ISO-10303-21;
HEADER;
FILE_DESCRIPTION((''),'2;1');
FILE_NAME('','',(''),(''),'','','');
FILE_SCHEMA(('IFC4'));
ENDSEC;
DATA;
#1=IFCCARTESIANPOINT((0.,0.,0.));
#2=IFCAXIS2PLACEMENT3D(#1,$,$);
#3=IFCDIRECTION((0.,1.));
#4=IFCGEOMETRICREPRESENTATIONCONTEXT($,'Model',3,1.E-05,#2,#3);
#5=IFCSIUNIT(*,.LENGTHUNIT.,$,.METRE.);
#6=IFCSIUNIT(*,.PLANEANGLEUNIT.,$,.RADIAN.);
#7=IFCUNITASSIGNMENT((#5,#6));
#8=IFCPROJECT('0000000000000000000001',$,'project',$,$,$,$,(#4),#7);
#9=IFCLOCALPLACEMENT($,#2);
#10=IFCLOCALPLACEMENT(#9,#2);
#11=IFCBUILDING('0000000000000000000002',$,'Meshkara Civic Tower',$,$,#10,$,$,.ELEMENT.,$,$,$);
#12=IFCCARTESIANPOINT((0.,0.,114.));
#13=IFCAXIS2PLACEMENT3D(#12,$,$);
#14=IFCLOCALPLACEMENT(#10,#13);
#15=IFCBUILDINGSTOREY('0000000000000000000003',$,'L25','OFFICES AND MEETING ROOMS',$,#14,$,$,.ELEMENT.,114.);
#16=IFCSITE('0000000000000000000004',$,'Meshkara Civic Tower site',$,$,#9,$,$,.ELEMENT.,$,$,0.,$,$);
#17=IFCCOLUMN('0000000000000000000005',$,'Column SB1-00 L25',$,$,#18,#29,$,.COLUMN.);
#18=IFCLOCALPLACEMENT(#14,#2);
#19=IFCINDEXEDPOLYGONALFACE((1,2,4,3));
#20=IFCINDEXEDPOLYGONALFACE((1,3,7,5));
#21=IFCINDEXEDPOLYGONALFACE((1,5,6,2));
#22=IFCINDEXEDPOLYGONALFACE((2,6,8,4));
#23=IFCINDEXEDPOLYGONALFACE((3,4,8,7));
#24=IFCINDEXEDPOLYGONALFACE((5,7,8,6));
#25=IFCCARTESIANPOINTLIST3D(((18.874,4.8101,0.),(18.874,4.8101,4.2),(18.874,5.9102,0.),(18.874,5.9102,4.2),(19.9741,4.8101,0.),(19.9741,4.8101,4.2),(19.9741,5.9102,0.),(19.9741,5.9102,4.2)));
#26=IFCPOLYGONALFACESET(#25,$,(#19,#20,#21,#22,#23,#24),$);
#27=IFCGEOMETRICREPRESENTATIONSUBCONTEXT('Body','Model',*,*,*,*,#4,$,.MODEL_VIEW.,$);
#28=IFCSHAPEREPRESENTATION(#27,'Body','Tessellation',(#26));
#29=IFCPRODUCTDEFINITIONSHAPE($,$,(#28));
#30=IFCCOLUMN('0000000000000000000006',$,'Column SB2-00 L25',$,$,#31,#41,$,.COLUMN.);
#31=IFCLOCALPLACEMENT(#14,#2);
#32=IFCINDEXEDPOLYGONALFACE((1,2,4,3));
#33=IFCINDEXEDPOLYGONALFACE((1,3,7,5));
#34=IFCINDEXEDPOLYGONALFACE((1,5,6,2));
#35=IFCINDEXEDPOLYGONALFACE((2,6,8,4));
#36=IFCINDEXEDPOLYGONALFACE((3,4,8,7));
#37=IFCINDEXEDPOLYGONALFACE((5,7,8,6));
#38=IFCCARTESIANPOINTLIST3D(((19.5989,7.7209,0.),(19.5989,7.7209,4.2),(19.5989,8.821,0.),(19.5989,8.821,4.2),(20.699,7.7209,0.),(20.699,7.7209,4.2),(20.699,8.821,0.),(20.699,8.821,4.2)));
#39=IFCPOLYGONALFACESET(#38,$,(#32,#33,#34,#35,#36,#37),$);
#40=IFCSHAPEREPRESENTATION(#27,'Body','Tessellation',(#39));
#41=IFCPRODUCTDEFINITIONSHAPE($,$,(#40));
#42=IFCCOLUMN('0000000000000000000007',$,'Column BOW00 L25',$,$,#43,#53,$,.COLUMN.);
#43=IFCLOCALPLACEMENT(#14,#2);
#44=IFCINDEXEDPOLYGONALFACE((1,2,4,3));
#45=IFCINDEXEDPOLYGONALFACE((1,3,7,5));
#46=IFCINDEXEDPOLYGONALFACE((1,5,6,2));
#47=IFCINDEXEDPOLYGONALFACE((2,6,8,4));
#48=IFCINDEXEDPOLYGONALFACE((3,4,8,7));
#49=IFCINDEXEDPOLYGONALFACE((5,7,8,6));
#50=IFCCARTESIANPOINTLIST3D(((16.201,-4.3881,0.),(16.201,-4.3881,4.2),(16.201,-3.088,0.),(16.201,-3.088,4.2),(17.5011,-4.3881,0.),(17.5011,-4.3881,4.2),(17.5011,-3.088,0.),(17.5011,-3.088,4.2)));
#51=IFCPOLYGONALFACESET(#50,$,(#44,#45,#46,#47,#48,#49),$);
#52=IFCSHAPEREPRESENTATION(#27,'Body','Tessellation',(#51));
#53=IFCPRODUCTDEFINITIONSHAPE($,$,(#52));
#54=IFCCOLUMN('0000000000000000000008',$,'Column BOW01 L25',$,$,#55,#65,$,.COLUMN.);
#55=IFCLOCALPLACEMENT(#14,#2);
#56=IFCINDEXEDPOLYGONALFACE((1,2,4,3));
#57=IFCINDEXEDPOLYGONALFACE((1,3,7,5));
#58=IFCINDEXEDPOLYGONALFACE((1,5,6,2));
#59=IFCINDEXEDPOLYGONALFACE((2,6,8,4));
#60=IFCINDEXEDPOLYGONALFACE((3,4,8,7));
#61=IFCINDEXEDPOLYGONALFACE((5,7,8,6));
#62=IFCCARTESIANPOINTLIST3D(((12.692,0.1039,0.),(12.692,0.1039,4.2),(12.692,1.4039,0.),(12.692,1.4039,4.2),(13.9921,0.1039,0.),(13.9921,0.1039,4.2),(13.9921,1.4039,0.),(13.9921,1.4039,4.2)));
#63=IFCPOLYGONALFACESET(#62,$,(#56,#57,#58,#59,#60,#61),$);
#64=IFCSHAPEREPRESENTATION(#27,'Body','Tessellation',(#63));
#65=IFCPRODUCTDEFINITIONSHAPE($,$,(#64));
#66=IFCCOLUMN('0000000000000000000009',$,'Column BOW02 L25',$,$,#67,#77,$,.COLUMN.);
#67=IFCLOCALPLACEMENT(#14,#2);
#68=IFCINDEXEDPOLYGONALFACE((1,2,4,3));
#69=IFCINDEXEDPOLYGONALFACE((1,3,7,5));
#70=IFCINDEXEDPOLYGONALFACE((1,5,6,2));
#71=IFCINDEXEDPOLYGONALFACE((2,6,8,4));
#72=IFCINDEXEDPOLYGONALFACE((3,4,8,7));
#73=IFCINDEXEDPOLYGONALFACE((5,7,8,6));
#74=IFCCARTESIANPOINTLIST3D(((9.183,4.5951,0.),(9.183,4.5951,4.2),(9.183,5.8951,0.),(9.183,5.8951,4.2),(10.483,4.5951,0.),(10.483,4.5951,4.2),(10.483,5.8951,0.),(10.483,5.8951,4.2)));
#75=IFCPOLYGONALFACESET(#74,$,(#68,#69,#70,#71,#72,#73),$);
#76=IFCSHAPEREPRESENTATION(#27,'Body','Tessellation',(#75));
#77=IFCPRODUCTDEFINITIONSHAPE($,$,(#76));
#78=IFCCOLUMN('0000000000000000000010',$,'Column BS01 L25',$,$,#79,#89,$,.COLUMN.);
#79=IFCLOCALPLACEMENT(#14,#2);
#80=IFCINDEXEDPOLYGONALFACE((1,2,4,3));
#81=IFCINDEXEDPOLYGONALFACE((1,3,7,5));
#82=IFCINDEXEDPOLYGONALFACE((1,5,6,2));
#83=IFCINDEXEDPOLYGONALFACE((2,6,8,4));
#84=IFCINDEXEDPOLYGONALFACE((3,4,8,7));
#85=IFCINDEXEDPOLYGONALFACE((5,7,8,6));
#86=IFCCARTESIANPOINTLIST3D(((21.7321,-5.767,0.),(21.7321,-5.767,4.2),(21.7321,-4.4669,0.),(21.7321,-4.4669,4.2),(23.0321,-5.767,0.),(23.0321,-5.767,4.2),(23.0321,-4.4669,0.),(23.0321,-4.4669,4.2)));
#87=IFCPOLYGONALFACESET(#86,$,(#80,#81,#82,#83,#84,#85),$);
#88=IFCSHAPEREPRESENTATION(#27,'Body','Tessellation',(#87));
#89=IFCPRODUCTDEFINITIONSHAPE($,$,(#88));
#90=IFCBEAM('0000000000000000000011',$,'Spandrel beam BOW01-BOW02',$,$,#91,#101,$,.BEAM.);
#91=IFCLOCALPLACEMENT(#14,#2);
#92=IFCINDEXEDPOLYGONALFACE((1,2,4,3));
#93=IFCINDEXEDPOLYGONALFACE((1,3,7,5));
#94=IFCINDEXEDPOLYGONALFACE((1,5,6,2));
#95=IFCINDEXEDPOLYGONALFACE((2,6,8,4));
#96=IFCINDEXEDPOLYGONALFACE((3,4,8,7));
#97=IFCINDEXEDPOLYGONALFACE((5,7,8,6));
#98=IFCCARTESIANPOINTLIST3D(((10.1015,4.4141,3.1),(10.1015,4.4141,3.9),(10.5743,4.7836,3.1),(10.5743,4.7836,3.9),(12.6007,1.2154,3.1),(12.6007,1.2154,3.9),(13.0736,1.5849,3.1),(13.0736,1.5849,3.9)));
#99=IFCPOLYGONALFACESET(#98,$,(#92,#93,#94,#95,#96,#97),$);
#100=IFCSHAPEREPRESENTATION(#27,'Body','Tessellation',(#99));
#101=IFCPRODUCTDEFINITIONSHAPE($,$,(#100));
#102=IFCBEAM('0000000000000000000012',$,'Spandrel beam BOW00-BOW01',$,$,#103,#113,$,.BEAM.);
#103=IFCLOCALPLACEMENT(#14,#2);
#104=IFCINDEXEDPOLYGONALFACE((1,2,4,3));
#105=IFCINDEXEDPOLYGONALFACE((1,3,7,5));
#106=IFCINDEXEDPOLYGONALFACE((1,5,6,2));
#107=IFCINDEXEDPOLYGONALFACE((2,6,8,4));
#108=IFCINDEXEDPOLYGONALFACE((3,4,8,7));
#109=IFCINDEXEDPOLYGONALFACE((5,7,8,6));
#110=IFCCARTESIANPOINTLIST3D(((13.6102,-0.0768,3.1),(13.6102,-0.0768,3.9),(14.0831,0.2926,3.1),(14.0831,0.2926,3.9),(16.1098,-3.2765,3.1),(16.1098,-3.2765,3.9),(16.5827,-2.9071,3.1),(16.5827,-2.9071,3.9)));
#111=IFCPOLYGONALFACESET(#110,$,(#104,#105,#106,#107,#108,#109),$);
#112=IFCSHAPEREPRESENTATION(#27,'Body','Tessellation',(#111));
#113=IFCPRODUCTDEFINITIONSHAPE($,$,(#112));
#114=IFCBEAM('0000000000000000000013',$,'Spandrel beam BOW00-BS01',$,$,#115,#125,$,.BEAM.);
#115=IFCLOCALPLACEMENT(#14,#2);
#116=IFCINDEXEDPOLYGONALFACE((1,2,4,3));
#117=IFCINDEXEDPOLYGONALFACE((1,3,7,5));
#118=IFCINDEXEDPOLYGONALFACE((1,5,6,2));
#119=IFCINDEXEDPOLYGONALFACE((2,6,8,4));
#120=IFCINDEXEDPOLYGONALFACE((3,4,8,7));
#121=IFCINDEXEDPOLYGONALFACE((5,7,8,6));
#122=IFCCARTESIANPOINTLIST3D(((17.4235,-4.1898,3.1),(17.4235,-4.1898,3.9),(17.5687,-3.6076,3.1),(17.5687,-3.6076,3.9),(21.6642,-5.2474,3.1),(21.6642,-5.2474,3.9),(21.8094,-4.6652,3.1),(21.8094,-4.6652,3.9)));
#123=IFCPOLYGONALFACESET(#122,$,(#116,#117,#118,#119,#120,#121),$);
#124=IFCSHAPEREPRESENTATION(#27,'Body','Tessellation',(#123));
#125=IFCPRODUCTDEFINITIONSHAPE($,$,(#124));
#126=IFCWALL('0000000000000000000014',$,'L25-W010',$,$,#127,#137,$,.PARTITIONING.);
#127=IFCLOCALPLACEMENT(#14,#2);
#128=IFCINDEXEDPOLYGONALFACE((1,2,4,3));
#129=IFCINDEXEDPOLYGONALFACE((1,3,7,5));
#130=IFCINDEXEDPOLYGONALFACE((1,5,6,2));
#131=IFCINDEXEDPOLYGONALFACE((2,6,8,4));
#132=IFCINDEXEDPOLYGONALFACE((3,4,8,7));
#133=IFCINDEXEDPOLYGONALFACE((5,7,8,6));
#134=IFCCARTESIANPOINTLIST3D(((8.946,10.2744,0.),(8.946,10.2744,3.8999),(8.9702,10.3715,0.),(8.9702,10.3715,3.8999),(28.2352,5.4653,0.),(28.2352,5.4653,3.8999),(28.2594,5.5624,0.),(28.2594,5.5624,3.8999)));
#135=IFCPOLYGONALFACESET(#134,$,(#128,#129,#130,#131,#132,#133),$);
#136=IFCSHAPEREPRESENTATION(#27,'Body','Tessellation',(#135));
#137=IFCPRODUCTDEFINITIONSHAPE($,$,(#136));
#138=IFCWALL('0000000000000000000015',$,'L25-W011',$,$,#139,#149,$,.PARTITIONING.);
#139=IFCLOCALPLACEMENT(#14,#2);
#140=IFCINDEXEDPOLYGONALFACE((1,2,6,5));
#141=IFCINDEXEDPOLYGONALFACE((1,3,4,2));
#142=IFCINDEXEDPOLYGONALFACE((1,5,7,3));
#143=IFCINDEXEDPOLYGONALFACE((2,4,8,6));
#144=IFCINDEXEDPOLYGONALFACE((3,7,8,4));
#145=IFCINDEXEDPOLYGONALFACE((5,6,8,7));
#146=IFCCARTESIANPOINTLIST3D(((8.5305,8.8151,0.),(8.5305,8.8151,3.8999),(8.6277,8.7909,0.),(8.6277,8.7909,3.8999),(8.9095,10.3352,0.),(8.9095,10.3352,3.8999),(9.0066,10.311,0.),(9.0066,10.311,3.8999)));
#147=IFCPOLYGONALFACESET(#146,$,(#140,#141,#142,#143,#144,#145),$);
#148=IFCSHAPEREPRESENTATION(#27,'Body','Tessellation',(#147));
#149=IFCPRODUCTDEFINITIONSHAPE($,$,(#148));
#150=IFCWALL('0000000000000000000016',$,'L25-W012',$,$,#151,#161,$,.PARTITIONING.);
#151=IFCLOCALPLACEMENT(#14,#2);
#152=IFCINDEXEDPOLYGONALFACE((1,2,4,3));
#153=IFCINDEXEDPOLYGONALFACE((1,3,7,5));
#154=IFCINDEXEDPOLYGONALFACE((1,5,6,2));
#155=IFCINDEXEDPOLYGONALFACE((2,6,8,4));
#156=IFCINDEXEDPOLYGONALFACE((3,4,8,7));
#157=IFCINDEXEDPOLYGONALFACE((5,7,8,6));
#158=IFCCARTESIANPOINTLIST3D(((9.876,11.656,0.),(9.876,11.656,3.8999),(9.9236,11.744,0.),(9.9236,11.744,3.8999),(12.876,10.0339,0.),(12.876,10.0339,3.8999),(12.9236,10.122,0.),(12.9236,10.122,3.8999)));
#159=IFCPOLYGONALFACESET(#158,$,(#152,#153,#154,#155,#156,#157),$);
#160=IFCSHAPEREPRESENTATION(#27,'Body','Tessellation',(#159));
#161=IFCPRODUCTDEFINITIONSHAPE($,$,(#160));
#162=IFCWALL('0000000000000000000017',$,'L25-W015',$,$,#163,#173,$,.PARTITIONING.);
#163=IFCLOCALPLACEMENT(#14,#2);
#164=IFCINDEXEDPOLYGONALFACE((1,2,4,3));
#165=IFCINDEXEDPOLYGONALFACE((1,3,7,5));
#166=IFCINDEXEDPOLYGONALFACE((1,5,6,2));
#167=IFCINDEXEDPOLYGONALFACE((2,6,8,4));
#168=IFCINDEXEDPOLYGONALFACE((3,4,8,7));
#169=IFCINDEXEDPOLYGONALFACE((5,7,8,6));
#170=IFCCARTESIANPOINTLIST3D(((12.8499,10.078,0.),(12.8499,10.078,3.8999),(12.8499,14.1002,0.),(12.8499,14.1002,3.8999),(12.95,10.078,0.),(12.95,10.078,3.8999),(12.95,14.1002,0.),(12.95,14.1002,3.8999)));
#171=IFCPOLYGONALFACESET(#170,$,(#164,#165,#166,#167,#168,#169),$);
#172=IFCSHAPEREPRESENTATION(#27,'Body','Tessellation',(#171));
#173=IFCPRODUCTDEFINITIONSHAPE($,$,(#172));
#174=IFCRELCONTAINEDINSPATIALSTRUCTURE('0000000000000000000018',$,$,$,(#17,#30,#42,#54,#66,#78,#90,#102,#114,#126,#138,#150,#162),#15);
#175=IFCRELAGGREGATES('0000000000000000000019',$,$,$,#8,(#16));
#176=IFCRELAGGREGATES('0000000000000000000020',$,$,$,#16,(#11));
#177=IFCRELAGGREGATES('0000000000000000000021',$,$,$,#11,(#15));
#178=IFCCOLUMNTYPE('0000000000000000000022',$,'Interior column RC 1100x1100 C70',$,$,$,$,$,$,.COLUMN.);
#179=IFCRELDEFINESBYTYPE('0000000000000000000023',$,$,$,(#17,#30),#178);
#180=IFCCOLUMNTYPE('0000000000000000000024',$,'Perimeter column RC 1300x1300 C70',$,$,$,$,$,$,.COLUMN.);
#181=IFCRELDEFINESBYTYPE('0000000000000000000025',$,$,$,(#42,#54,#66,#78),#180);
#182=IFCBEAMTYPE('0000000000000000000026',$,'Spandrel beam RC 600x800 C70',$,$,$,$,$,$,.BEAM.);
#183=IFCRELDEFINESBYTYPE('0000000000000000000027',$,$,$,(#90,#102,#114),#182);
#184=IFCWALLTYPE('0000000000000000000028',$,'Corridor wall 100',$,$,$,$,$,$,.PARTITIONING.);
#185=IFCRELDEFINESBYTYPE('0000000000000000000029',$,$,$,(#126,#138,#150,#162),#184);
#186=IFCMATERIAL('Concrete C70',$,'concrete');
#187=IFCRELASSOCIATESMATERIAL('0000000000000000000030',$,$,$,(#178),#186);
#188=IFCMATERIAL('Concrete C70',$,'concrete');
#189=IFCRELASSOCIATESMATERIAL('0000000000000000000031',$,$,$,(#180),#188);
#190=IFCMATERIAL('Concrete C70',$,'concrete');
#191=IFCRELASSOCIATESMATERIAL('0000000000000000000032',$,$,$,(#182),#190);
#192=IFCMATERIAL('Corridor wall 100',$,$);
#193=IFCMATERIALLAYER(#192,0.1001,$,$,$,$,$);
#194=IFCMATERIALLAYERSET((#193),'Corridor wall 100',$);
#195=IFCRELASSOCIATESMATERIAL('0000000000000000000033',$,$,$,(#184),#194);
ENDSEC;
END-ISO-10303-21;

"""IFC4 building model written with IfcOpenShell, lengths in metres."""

from ifc_helpers import new_model, si_unit, direction, frame, frame_2d, origin, origin_2d, place, context, subcontext, project, spatial, rectangle, extrude, material, layer, layer_set, material_profile, profile_set, type_object, element, save


model = new_model("IFC4")

# Units and contexts
model_context = context("Model", 3, precision=1e-05, world=origin(), true_north=direction((0.0, 1.0)))
body_context = subcontext(model_context, "Body", "Model", "MODEL_VIEW")
ifc_project = project(units=[si_unit("LENGTHUNIT", "METRE"), si_unit("PLANEANGLEUNIT", "RADIAN")], contexts=[model_context])

# Site, building, storey
site_placement = place(None, origin())
site = spatial("IfcSite", under=ifc_project, at=site_placement, Name="Meshkara Civic Tower site", CompositionType="ELEMENT", RefElevation=0.0)
building_placement = place(site_placement, origin())
building = spatial("IfcBuilding", under=site, at=building_placement, Name="Meshkara Civic Tower", CompositionType="ELEMENT")
storey_placement = place(building_placement, frame((0.0, 0.0, 114.0)))
storey = spatial("IfcBuildingStorey", under=building, at=storey_placement, Name="L25", Description="OFFICES AND MEETING ROOMS", CompositionType="ELEMENT", Elevation=114.0)

# Columns
ifc_material_1 = material(Name="Concrete C70", Category="concrete")
ifc_material_profile_1 = material_profile(ifc_material_1, rectangle(XDim=1.1001, YDim=1.1001, at=origin_2d()))
ifc_profile_set_1 = profile_set([ifc_material_profile_1], Name="Concrete C70")
column_type_1 = type_object("IfcColumnType", Name="Interior column RC 1100x1100 C70", PredefinedType="COLUMN", material=ifc_profile_set_1)
for number, where, z_axis, x_axis, name in (
    (1, (19.4241, 5.3601, 0.0), (0.0, 0.0, 1.0), (1.0, 0.0, 0.0), "Column SB1-00 L25"),
    (2, (20.1489, 8.271, 0.0), (0.0, 0.0, 1.0), (1.0, 0.0, 0.0), "Column SB2-00 L25"),
):
    element("IfcColumn", number, at=place(storey_placement, frame(where, z_axis=z_axis, x_axis=x_axis)), inside=storey, type_object=column_type_1, Name=name, PredefinedType="COLUMN", context=body_context, shape_type="SweptSolid", body=[
        extrude(rectangle(XDim=1.1001, YDim=1.1001, at=origin_2d()), origin(), (0.0, 0.0, 1.0), 4.2),
    ])
ifc_material_2 = material(Name="Concrete C70", Category="concrete")
ifc_material_profile_2 = material_profile(ifc_material_2, rectangle(XDim=1.3, YDim=1.3, at=origin_2d()))
ifc_profile_set_2 = profile_set([ifc_material_profile_2], Name="Concrete C70")
column_type_2 = type_object("IfcColumnType", Name="Perimeter column RC 1300x1300 C70", PredefinedType="COLUMN", material=ifc_profile_set_2)
for number, where, z_axis, x_axis, name in (
    (3, (16.8511, -3.738, 0.0), (0.0, 0.0, 1.0), (1.0, 0.0, 0.0), "Column BOW00 L25"),
    (4, (13.342, 0.7539, 0.0), (0.0, 0.0, 1.0), (1.0, 0.0, 0.0), "Column BOW01 L25"),
    (5, (9.833, 5.2451, 0.0), (0.0, 0.0, 1.0), (1.0, 0.0, 0.0), "Column BOW02 L25"),
    (6, (22.3821, -5.1169, 0.0), (0.0, 0.0, 1.0), (1.0, 0.0, 0.0), "Column BS01 L25"),
):
    element("IfcColumn", number, at=place(storey_placement, frame(where, z_axis=z_axis, x_axis=x_axis)), inside=storey, type_object=column_type_2, Name=name, PredefinedType="COLUMN", context=body_context, shape_type="SweptSolid", body=[
        extrude(rectangle(XDim=1.3, YDim=1.3, at=origin_2d()), origin(), (0.0, 0.0, 1.0), 4.2),
    ])

# Beams
ifc_material_3 = material(Name="Concrete C70", Category="concrete")
ifc_material_profile_3 = material_profile(ifc_material_3, rectangle(XDim=0.6001, YDim=0.8, at=origin_2d()))
ifc_profile_set_3 = profile_set([ifc_material_profile_3], Name="Concrete C70")
beam_type = type_object("IfcBeamType", Name="Spandrel beam RC 600x800 C70", PredefinedType="BEAM", material=ifc_profile_set_3)
beam_1_placement = place(storey_placement, frame((10.3379, 4.5989, 3.5), z_axis=(0.615684, -0.787993, 0.0), x_axis=(0.787993, 0.615684, 0.0)))
element("IfcBeam", 7, at=beam_1_placement, inside=storey, type_object=beam_type, Name="Spandrel beam BOW01-BOW02", PredefinedType="BEAM", context=body_context, shape_type="SweptSolid", body=[
    extrude(rectangle(XDim=0.6001, YDim=0.8, at=origin_2d()), origin(), (0.0, 0.0, 1.0), 4.0593),
])
beam_2_placement = place(storey_placement, frame((13.8467, 0.1079, 3.5), z_axis=(0.615604, -0.788055, 0.0), x_axis=(0.788055, 0.615604, 0.0)))
element("IfcBeam", 8, at=beam_2_placement, inside=storey, type_object=beam_type, Name="Spandrel beam BOW00-BOW01", PredefinedType="BEAM", context=body_context, shape_type="SweptSolid", body=[
    extrude(rectangle(XDim=0.6001, YDim=0.8, at=origin_2d()), origin(), (0.0, 0.0, 1.0), 4.0603),
])
beam_3_placement = place(storey_placement, frame((17.4961, -3.8987, 3.5), z_axis=(0.97028, -0.241984, 0.0), x_axis=(0.241984, 0.97028, 0.0)))
element("IfcBeam", 9, at=beam_3_placement, inside=storey, type_object=beam_type, Name="Spandrel beam BOW00-BS01", PredefinedType="BEAM", context=body_context, shape_type="SweptSolid", body=[
    extrude(rectangle(XDim=0.6001, YDim=0.8, at=origin_2d()), origin(), (0.0, 0.0, 1.0), 4.3706),
])

# Walls
ifc_material_4 = material(Name="Corridor wall 100")
ifc_layer_1 = layer(ifc_material_4, 0.1001)
ifc_layer_set_1 = layer_set([ifc_layer_1], Name="Corridor wall 100")
wall_type_1 = type_object("IfcWallType", Name="Corridor wall 100", PredefinedType="PARTITIONING", material=ifc_layer_set_1)
wall_1_placement = place(storey_placement, frame((8.958, 10.323, 0.0), z_axis=(0.0, 0.0, 1.0), x_axis=(0.970298, -0.241911, 0.0)))
element("IfcWall", 10, at=wall_1_placement, inside=storey, type_object=wall_type_1, Name="L25-W010", PredefinedType="PARTITIONING", context=body_context, shape_type="SweptSolid", body=[
    extrude(rectangle(XDim=19.8796, YDim=0.1001, at=frame_2d((9.9399, 0.0))), origin(), (0.0, 0.0, 1.0), 3.8999),
])
wall_2_placement = place(storey_placement, frame((8.958, 10.323, 0.0), z_axis=(0.0, 0.0, 1.0), x_axis=(-0.241876, -0.970307, 0.0)))
element("IfcWall", 11, at=wall_2_placement, inside=storey, type_object=wall_type_1, Name="L25-W011", PredefinedType="PARTITIONING", context=body_context, shape_type="SweptSolid", body=[
    extrude(rectangle(XDim=1.5667, YDim=0.1001, at=frame_2d((0.7832, 0.0))), origin(), (0.0, 0.0, 1.0), 3.8999),
])
wall_3_placement = place(storey_placement, frame((9.8999, 11.7, 0.0), z_axis=(0.0, 0.0, 1.0), x_axis=(0.879651, -0.475619, 0.0)))
element("IfcWall", 12, at=wall_3_placement, inside=storey, type_object=wall_type_1, Name="L25-W012", PredefinedType="PARTITIONING", context=body_context, shape_type="SweptSolid", body=[
    extrude(rectangle(XDim=3.4104, YDim=0.1001, at=frame_2d((1.7051, 0.0))), origin(), (0.0, 0.0, 1.0), 3.8999),
])
wall_4_placement = place(storey_placement, frame((12.8999, 10.0779, 0.0), z_axis=(0.0, 0.0, 1.0), x_axis=(0.0, 1.0, 0.0)))
element("IfcWall", 13, at=wall_4_placement, inside=storey, type_object=wall_type_1, Name="L25-W015", PredefinedType="PARTITIONING", context=body_context, shape_type="SweptSolid", body=[
    extrude(rectangle(XDim=4.0222, YDim=0.1001, at=frame_2d((2.0112, 0.0))), origin(), (0.0, 0.0, 1.0), 3.8999),
])

save(model, "model.ifc")
